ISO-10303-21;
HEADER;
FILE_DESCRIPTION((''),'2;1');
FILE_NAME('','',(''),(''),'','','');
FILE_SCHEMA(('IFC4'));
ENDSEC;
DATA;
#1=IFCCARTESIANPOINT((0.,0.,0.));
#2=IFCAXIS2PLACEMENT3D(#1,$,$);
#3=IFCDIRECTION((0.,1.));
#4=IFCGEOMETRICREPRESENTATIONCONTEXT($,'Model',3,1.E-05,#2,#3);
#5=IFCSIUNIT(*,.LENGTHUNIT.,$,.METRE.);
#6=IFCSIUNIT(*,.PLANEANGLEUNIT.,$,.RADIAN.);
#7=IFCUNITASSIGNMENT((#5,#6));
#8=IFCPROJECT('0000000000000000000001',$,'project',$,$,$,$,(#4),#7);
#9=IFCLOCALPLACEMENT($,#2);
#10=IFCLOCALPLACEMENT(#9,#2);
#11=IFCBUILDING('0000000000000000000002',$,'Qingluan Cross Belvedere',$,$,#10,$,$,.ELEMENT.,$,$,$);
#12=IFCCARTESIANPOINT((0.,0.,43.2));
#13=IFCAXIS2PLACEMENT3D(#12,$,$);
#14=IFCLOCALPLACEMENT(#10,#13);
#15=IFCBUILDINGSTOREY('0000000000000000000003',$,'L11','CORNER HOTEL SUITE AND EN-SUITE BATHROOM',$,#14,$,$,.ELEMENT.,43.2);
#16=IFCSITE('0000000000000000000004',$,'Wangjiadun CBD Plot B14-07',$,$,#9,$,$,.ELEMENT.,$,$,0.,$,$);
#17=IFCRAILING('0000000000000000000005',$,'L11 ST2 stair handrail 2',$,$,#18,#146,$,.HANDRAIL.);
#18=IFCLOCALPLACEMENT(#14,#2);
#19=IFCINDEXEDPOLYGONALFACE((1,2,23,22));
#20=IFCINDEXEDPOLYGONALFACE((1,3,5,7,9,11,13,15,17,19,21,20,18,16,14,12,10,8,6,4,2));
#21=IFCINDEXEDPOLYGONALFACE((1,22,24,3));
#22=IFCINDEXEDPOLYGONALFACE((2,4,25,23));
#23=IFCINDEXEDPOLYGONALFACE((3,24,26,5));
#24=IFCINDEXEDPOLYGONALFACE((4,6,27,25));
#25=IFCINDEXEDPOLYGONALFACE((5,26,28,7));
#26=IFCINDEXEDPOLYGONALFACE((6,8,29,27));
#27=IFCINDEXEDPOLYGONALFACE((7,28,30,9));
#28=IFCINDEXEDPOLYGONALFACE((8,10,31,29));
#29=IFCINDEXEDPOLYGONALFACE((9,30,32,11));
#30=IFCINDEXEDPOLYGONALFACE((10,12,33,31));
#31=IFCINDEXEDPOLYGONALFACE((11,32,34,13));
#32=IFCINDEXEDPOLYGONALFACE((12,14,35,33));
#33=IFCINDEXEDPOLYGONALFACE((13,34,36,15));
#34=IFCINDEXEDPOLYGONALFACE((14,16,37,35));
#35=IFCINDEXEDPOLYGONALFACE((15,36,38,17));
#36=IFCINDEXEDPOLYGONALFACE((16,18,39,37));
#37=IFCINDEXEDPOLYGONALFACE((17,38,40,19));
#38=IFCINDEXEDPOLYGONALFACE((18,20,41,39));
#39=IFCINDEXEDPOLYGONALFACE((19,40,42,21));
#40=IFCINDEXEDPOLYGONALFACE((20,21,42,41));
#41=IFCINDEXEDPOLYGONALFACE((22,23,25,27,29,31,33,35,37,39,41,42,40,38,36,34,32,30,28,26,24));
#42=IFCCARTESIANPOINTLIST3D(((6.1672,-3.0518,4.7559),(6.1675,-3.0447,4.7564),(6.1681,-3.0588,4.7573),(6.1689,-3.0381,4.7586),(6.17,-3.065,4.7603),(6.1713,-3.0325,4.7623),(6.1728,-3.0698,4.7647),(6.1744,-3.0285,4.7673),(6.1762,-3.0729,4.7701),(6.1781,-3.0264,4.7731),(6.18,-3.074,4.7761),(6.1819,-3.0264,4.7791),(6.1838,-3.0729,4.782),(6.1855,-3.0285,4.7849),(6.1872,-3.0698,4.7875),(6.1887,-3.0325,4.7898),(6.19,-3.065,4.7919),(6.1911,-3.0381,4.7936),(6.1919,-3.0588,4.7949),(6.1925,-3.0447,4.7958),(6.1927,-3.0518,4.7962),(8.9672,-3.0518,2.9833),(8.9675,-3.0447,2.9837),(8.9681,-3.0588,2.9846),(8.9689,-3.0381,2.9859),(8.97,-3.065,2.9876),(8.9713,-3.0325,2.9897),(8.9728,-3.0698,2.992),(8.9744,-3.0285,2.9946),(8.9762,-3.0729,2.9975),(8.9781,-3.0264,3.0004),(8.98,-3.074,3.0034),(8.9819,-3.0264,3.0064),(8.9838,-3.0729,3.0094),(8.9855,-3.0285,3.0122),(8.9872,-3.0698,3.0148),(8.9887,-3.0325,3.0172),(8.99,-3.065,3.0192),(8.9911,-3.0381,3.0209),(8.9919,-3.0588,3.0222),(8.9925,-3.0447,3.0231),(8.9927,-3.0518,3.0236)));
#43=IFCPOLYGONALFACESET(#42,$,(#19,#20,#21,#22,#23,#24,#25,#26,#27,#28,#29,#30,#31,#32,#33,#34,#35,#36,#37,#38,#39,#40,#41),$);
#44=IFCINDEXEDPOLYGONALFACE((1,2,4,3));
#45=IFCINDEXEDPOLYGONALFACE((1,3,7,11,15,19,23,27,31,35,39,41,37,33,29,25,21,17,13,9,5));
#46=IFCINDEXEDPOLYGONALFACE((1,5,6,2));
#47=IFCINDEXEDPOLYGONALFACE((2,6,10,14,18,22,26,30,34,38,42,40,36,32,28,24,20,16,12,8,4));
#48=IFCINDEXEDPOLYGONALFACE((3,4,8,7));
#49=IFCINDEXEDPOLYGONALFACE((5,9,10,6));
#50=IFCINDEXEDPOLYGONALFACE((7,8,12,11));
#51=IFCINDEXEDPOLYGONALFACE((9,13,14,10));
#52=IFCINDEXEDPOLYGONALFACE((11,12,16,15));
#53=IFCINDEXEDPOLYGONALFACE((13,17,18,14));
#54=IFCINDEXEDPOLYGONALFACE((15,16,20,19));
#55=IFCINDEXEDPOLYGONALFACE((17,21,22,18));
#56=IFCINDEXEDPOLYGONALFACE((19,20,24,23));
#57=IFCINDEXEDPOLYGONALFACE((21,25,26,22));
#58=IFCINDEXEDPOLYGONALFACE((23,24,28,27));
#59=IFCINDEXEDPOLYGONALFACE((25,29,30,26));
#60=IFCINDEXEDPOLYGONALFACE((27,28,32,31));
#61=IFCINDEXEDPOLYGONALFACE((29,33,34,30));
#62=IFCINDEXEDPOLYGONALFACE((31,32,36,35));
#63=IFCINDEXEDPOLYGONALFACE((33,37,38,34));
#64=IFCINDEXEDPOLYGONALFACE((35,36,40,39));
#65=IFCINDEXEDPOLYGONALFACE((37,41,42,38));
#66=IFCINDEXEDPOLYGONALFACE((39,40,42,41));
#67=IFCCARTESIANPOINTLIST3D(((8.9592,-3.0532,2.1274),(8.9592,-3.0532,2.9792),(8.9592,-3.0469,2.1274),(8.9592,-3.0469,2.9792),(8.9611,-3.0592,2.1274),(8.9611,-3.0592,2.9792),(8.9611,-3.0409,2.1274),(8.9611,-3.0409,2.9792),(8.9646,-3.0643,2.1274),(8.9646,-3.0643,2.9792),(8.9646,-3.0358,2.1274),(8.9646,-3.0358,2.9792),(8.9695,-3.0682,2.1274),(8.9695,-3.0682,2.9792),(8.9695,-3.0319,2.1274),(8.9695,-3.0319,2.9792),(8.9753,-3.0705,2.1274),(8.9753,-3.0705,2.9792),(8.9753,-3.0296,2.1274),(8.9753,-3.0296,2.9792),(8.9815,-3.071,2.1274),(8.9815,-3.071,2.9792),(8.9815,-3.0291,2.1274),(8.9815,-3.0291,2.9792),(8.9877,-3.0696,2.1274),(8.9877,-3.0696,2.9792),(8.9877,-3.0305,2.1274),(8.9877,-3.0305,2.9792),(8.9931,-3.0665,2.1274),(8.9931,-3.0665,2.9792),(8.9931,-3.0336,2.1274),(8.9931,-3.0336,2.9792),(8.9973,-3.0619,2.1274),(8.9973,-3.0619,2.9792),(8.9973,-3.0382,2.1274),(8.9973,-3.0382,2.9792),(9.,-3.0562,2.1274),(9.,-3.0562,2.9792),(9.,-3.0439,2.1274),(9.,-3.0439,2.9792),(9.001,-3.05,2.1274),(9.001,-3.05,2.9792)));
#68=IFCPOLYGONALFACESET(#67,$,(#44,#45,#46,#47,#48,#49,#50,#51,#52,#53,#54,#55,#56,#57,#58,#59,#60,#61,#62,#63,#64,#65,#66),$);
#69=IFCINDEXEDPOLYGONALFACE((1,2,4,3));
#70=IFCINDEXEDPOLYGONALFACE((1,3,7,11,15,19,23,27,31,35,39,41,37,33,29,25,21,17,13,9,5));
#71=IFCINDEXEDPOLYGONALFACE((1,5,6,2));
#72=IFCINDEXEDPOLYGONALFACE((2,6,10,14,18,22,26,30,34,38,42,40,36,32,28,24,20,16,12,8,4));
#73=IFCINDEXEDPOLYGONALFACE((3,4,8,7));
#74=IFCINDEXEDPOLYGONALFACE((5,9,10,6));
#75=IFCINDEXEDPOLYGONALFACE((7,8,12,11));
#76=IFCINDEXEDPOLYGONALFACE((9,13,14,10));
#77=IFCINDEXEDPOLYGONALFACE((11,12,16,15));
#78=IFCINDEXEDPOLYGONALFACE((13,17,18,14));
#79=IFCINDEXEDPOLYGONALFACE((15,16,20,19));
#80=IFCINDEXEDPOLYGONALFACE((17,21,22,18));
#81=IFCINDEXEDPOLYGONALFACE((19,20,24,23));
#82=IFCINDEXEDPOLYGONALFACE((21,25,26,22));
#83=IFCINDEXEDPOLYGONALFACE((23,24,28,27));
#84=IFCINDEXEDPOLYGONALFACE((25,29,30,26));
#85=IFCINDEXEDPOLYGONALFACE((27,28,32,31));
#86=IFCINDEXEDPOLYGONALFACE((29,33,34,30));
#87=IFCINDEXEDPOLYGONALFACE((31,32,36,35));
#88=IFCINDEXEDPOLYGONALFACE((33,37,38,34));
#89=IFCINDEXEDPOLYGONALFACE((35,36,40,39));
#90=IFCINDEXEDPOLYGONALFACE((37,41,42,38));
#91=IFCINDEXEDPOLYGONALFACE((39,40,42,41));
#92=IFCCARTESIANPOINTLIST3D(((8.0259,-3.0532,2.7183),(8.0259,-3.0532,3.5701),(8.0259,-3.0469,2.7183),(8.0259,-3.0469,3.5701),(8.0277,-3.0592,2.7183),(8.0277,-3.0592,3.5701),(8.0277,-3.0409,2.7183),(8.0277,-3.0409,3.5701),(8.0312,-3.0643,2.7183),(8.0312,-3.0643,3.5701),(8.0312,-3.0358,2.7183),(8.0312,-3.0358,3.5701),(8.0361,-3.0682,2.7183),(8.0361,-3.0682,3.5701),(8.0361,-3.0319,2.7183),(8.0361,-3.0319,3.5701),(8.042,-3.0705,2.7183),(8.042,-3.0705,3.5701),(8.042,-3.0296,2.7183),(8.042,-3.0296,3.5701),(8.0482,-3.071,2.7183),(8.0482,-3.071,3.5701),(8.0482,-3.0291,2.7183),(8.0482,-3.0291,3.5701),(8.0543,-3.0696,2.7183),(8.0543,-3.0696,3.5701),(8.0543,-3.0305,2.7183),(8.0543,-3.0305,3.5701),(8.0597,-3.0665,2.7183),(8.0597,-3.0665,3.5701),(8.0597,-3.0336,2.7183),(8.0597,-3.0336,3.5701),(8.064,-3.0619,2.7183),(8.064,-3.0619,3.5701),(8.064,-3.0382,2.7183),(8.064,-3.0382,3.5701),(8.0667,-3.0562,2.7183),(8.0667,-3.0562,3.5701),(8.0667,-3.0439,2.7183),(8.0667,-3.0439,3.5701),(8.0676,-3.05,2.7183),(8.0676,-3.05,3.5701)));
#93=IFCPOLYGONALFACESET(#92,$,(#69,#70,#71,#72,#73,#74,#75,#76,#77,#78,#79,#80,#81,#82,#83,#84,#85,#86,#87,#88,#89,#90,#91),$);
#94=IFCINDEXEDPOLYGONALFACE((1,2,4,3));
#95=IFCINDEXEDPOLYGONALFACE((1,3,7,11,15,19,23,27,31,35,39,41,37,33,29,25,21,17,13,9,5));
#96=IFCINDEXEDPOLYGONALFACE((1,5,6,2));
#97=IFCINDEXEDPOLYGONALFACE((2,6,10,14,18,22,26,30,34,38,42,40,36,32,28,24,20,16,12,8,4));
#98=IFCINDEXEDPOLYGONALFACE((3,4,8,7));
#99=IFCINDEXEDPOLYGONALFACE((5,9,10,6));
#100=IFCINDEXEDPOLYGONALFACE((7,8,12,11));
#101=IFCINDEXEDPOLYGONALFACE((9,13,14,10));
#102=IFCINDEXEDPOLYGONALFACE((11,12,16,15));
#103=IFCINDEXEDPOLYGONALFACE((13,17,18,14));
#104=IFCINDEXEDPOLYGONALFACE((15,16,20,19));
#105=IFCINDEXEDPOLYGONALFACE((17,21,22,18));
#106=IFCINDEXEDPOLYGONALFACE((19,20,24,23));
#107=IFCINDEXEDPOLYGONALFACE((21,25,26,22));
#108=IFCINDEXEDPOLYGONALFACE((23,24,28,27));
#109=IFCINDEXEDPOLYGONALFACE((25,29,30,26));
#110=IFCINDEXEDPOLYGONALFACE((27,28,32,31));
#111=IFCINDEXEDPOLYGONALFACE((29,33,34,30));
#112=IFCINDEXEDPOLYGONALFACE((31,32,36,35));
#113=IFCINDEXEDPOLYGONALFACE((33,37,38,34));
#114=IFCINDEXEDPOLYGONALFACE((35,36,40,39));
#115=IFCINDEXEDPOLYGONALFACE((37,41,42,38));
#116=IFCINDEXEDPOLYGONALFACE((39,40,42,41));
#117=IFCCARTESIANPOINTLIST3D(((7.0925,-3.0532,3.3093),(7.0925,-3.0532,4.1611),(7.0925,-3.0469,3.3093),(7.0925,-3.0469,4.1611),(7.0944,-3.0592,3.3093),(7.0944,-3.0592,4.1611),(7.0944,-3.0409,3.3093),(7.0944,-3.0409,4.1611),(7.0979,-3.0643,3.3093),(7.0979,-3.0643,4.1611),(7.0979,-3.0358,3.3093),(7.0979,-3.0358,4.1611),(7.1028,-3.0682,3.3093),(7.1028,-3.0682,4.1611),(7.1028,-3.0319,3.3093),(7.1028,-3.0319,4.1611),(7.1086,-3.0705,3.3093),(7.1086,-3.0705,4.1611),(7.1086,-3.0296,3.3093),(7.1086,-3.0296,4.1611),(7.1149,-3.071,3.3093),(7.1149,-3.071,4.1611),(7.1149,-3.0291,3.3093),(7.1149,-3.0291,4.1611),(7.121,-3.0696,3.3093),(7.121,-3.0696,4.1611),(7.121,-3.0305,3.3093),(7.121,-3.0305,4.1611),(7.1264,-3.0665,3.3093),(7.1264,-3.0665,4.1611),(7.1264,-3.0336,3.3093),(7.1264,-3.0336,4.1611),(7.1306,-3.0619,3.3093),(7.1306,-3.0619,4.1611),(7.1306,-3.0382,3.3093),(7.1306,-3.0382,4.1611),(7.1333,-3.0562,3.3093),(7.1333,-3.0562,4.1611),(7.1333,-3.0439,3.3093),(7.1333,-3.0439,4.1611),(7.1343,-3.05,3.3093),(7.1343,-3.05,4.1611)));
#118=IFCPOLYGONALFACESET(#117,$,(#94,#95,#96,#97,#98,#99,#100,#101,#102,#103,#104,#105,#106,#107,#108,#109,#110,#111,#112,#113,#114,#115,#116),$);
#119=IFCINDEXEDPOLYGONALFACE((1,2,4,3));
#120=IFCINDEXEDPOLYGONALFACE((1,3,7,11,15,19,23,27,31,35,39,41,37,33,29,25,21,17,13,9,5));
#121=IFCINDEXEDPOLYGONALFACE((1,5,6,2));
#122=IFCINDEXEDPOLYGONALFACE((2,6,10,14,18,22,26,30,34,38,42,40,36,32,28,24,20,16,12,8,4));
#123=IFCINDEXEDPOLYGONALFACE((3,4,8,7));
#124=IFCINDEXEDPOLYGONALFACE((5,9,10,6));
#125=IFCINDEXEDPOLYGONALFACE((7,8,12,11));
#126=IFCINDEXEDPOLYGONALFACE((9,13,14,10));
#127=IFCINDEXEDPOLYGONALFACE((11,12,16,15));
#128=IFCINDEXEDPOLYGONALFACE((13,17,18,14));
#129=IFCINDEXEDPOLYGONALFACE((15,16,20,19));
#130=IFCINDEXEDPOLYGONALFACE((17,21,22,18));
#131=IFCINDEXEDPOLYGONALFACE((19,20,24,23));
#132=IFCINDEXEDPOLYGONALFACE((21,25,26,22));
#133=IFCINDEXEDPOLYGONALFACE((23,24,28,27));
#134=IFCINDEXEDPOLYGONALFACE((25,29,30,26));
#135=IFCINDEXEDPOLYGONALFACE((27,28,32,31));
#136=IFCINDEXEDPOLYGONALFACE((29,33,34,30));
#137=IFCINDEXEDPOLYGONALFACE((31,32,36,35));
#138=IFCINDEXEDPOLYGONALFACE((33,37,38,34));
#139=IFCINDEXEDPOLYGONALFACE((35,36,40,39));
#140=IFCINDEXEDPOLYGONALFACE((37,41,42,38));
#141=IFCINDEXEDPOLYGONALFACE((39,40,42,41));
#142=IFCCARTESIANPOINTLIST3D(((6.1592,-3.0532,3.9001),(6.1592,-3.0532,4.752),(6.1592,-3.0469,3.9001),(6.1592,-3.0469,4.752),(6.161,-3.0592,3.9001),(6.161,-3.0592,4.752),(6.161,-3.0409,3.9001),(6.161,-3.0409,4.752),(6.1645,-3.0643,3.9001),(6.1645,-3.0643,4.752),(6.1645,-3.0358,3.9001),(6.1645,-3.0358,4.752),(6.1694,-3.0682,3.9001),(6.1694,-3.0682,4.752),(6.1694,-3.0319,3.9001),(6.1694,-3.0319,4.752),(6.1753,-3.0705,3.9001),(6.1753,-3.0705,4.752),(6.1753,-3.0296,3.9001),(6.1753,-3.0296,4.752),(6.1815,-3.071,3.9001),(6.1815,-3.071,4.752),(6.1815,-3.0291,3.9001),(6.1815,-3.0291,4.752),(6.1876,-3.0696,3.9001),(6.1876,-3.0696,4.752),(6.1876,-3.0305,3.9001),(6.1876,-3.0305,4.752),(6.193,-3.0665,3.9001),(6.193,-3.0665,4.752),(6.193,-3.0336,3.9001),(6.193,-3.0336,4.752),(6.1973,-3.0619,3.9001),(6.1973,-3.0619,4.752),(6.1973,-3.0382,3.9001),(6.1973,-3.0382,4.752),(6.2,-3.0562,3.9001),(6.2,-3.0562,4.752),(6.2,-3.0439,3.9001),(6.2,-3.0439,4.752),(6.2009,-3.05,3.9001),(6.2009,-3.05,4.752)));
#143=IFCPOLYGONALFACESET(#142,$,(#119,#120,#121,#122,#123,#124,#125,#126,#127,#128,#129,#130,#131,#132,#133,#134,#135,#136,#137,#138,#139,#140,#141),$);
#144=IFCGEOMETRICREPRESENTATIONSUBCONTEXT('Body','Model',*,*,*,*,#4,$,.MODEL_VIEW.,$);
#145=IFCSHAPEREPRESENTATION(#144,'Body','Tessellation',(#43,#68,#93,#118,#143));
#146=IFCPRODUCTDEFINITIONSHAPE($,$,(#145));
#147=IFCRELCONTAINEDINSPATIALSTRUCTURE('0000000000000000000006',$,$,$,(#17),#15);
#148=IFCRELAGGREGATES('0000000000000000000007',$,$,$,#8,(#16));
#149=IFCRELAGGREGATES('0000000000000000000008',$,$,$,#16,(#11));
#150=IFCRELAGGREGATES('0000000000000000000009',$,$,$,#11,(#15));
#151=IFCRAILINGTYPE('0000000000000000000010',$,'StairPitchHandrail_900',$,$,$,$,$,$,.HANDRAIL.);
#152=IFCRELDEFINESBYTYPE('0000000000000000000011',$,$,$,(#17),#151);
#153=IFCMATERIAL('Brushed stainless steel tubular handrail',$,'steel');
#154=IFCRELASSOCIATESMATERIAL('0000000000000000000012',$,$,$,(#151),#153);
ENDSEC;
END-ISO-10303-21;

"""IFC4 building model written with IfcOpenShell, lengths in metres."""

from ifc_helpers import new_model, si_unit, direction, frame, origin, origin_2d, place, context, subcontext, project, spatial, circle, extrude, material, type_object, element, save


model = new_model("IFC4")

# Units and contexts
model_context = context("Model", 3, precision=1e-05, world=origin(), true_north=direction((0.0, 1.0)))
body_context = subcontext(model_context, "Body", "Model", "MODEL_VIEW")
ifc_project = project(units=[si_unit("LENGTHUNIT", "METRE"), si_unit("PLANEANGLEUNIT", "RADIAN")], contexts=[model_context])

# Site, building, storey
site_placement = place(None, origin())
site = spatial("IfcSite", under=ifc_project, at=site_placement, Name="Wangjiadun CBD Plot B14-07", CompositionType="ELEMENT", RefElevation=0.0)
building_placement = place(site_placement, origin())
building = spatial("IfcBuilding", under=site, at=building_placement, Name="Qingluan Cross Belvedere", CompositionType="ELEMENT")
storey_placement = place(building_placement, frame((0.0, 0.0, 43.2)))
storey = spatial("IfcBuildingStorey", under=building, at=storey_placement, Name="L11", Description="CORNER HOTEL SUITE AND EN-SUITE BATHROOM", CompositionType="ELEMENT", Elevation=43.2)

# Railing
ifc_material_1 = material(Name="Brushed stainless steel tubular handrail", Category="steel")
railing_type_1 = type_object("IfcRailingType", Name="StairPitchHandrail_900", PredefinedType="HANDRAIL", material=ifc_material_1)
railing_1_placement = place(storey_placement, frame((8.98, -3.05, 2.1274)))
element("IfcRailing", 1, at=railing_1_placement, inside=storey, type_object=railing_type_1, Name="L11 ST2 stair handrail 2", PredefinedType="HANDRAIL", context=body_context, shape_type="SweptSolid", body=[
    extrude(circle(Radius=0.0239, at=origin_2d()), frame((0.0, 0.0, 0.876), z_axis=(-0.844909, 0.0, 0.53491), x_axis=(0.0, -1.0, 0.0)), (0.0, 0.0, 1.0), 3.314),
    extrude(circle(Radius=0.021, at=origin_2d()), origin(), (0.0, 0.0, 1.0), 0.8518),
    extrude(circle(Radius=0.021, at=origin_2d()), frame((-0.9333, 0.0, 0.5908)), (0.0, 0.0, 1.0), 0.8518),
    extrude(circle(Radius=0.021, at=origin_2d()), frame((-1.8667, 0.0, 1.1819)), (0.0, 0.0, 1.0), 0.8518),
    extrude(circle(Radius=0.021, at=origin_2d()), frame((-2.8, 0.0, 1.7727)), (0.0, 0.0, 1.0), 0.8518),
])

save(model, "model.ifc")
